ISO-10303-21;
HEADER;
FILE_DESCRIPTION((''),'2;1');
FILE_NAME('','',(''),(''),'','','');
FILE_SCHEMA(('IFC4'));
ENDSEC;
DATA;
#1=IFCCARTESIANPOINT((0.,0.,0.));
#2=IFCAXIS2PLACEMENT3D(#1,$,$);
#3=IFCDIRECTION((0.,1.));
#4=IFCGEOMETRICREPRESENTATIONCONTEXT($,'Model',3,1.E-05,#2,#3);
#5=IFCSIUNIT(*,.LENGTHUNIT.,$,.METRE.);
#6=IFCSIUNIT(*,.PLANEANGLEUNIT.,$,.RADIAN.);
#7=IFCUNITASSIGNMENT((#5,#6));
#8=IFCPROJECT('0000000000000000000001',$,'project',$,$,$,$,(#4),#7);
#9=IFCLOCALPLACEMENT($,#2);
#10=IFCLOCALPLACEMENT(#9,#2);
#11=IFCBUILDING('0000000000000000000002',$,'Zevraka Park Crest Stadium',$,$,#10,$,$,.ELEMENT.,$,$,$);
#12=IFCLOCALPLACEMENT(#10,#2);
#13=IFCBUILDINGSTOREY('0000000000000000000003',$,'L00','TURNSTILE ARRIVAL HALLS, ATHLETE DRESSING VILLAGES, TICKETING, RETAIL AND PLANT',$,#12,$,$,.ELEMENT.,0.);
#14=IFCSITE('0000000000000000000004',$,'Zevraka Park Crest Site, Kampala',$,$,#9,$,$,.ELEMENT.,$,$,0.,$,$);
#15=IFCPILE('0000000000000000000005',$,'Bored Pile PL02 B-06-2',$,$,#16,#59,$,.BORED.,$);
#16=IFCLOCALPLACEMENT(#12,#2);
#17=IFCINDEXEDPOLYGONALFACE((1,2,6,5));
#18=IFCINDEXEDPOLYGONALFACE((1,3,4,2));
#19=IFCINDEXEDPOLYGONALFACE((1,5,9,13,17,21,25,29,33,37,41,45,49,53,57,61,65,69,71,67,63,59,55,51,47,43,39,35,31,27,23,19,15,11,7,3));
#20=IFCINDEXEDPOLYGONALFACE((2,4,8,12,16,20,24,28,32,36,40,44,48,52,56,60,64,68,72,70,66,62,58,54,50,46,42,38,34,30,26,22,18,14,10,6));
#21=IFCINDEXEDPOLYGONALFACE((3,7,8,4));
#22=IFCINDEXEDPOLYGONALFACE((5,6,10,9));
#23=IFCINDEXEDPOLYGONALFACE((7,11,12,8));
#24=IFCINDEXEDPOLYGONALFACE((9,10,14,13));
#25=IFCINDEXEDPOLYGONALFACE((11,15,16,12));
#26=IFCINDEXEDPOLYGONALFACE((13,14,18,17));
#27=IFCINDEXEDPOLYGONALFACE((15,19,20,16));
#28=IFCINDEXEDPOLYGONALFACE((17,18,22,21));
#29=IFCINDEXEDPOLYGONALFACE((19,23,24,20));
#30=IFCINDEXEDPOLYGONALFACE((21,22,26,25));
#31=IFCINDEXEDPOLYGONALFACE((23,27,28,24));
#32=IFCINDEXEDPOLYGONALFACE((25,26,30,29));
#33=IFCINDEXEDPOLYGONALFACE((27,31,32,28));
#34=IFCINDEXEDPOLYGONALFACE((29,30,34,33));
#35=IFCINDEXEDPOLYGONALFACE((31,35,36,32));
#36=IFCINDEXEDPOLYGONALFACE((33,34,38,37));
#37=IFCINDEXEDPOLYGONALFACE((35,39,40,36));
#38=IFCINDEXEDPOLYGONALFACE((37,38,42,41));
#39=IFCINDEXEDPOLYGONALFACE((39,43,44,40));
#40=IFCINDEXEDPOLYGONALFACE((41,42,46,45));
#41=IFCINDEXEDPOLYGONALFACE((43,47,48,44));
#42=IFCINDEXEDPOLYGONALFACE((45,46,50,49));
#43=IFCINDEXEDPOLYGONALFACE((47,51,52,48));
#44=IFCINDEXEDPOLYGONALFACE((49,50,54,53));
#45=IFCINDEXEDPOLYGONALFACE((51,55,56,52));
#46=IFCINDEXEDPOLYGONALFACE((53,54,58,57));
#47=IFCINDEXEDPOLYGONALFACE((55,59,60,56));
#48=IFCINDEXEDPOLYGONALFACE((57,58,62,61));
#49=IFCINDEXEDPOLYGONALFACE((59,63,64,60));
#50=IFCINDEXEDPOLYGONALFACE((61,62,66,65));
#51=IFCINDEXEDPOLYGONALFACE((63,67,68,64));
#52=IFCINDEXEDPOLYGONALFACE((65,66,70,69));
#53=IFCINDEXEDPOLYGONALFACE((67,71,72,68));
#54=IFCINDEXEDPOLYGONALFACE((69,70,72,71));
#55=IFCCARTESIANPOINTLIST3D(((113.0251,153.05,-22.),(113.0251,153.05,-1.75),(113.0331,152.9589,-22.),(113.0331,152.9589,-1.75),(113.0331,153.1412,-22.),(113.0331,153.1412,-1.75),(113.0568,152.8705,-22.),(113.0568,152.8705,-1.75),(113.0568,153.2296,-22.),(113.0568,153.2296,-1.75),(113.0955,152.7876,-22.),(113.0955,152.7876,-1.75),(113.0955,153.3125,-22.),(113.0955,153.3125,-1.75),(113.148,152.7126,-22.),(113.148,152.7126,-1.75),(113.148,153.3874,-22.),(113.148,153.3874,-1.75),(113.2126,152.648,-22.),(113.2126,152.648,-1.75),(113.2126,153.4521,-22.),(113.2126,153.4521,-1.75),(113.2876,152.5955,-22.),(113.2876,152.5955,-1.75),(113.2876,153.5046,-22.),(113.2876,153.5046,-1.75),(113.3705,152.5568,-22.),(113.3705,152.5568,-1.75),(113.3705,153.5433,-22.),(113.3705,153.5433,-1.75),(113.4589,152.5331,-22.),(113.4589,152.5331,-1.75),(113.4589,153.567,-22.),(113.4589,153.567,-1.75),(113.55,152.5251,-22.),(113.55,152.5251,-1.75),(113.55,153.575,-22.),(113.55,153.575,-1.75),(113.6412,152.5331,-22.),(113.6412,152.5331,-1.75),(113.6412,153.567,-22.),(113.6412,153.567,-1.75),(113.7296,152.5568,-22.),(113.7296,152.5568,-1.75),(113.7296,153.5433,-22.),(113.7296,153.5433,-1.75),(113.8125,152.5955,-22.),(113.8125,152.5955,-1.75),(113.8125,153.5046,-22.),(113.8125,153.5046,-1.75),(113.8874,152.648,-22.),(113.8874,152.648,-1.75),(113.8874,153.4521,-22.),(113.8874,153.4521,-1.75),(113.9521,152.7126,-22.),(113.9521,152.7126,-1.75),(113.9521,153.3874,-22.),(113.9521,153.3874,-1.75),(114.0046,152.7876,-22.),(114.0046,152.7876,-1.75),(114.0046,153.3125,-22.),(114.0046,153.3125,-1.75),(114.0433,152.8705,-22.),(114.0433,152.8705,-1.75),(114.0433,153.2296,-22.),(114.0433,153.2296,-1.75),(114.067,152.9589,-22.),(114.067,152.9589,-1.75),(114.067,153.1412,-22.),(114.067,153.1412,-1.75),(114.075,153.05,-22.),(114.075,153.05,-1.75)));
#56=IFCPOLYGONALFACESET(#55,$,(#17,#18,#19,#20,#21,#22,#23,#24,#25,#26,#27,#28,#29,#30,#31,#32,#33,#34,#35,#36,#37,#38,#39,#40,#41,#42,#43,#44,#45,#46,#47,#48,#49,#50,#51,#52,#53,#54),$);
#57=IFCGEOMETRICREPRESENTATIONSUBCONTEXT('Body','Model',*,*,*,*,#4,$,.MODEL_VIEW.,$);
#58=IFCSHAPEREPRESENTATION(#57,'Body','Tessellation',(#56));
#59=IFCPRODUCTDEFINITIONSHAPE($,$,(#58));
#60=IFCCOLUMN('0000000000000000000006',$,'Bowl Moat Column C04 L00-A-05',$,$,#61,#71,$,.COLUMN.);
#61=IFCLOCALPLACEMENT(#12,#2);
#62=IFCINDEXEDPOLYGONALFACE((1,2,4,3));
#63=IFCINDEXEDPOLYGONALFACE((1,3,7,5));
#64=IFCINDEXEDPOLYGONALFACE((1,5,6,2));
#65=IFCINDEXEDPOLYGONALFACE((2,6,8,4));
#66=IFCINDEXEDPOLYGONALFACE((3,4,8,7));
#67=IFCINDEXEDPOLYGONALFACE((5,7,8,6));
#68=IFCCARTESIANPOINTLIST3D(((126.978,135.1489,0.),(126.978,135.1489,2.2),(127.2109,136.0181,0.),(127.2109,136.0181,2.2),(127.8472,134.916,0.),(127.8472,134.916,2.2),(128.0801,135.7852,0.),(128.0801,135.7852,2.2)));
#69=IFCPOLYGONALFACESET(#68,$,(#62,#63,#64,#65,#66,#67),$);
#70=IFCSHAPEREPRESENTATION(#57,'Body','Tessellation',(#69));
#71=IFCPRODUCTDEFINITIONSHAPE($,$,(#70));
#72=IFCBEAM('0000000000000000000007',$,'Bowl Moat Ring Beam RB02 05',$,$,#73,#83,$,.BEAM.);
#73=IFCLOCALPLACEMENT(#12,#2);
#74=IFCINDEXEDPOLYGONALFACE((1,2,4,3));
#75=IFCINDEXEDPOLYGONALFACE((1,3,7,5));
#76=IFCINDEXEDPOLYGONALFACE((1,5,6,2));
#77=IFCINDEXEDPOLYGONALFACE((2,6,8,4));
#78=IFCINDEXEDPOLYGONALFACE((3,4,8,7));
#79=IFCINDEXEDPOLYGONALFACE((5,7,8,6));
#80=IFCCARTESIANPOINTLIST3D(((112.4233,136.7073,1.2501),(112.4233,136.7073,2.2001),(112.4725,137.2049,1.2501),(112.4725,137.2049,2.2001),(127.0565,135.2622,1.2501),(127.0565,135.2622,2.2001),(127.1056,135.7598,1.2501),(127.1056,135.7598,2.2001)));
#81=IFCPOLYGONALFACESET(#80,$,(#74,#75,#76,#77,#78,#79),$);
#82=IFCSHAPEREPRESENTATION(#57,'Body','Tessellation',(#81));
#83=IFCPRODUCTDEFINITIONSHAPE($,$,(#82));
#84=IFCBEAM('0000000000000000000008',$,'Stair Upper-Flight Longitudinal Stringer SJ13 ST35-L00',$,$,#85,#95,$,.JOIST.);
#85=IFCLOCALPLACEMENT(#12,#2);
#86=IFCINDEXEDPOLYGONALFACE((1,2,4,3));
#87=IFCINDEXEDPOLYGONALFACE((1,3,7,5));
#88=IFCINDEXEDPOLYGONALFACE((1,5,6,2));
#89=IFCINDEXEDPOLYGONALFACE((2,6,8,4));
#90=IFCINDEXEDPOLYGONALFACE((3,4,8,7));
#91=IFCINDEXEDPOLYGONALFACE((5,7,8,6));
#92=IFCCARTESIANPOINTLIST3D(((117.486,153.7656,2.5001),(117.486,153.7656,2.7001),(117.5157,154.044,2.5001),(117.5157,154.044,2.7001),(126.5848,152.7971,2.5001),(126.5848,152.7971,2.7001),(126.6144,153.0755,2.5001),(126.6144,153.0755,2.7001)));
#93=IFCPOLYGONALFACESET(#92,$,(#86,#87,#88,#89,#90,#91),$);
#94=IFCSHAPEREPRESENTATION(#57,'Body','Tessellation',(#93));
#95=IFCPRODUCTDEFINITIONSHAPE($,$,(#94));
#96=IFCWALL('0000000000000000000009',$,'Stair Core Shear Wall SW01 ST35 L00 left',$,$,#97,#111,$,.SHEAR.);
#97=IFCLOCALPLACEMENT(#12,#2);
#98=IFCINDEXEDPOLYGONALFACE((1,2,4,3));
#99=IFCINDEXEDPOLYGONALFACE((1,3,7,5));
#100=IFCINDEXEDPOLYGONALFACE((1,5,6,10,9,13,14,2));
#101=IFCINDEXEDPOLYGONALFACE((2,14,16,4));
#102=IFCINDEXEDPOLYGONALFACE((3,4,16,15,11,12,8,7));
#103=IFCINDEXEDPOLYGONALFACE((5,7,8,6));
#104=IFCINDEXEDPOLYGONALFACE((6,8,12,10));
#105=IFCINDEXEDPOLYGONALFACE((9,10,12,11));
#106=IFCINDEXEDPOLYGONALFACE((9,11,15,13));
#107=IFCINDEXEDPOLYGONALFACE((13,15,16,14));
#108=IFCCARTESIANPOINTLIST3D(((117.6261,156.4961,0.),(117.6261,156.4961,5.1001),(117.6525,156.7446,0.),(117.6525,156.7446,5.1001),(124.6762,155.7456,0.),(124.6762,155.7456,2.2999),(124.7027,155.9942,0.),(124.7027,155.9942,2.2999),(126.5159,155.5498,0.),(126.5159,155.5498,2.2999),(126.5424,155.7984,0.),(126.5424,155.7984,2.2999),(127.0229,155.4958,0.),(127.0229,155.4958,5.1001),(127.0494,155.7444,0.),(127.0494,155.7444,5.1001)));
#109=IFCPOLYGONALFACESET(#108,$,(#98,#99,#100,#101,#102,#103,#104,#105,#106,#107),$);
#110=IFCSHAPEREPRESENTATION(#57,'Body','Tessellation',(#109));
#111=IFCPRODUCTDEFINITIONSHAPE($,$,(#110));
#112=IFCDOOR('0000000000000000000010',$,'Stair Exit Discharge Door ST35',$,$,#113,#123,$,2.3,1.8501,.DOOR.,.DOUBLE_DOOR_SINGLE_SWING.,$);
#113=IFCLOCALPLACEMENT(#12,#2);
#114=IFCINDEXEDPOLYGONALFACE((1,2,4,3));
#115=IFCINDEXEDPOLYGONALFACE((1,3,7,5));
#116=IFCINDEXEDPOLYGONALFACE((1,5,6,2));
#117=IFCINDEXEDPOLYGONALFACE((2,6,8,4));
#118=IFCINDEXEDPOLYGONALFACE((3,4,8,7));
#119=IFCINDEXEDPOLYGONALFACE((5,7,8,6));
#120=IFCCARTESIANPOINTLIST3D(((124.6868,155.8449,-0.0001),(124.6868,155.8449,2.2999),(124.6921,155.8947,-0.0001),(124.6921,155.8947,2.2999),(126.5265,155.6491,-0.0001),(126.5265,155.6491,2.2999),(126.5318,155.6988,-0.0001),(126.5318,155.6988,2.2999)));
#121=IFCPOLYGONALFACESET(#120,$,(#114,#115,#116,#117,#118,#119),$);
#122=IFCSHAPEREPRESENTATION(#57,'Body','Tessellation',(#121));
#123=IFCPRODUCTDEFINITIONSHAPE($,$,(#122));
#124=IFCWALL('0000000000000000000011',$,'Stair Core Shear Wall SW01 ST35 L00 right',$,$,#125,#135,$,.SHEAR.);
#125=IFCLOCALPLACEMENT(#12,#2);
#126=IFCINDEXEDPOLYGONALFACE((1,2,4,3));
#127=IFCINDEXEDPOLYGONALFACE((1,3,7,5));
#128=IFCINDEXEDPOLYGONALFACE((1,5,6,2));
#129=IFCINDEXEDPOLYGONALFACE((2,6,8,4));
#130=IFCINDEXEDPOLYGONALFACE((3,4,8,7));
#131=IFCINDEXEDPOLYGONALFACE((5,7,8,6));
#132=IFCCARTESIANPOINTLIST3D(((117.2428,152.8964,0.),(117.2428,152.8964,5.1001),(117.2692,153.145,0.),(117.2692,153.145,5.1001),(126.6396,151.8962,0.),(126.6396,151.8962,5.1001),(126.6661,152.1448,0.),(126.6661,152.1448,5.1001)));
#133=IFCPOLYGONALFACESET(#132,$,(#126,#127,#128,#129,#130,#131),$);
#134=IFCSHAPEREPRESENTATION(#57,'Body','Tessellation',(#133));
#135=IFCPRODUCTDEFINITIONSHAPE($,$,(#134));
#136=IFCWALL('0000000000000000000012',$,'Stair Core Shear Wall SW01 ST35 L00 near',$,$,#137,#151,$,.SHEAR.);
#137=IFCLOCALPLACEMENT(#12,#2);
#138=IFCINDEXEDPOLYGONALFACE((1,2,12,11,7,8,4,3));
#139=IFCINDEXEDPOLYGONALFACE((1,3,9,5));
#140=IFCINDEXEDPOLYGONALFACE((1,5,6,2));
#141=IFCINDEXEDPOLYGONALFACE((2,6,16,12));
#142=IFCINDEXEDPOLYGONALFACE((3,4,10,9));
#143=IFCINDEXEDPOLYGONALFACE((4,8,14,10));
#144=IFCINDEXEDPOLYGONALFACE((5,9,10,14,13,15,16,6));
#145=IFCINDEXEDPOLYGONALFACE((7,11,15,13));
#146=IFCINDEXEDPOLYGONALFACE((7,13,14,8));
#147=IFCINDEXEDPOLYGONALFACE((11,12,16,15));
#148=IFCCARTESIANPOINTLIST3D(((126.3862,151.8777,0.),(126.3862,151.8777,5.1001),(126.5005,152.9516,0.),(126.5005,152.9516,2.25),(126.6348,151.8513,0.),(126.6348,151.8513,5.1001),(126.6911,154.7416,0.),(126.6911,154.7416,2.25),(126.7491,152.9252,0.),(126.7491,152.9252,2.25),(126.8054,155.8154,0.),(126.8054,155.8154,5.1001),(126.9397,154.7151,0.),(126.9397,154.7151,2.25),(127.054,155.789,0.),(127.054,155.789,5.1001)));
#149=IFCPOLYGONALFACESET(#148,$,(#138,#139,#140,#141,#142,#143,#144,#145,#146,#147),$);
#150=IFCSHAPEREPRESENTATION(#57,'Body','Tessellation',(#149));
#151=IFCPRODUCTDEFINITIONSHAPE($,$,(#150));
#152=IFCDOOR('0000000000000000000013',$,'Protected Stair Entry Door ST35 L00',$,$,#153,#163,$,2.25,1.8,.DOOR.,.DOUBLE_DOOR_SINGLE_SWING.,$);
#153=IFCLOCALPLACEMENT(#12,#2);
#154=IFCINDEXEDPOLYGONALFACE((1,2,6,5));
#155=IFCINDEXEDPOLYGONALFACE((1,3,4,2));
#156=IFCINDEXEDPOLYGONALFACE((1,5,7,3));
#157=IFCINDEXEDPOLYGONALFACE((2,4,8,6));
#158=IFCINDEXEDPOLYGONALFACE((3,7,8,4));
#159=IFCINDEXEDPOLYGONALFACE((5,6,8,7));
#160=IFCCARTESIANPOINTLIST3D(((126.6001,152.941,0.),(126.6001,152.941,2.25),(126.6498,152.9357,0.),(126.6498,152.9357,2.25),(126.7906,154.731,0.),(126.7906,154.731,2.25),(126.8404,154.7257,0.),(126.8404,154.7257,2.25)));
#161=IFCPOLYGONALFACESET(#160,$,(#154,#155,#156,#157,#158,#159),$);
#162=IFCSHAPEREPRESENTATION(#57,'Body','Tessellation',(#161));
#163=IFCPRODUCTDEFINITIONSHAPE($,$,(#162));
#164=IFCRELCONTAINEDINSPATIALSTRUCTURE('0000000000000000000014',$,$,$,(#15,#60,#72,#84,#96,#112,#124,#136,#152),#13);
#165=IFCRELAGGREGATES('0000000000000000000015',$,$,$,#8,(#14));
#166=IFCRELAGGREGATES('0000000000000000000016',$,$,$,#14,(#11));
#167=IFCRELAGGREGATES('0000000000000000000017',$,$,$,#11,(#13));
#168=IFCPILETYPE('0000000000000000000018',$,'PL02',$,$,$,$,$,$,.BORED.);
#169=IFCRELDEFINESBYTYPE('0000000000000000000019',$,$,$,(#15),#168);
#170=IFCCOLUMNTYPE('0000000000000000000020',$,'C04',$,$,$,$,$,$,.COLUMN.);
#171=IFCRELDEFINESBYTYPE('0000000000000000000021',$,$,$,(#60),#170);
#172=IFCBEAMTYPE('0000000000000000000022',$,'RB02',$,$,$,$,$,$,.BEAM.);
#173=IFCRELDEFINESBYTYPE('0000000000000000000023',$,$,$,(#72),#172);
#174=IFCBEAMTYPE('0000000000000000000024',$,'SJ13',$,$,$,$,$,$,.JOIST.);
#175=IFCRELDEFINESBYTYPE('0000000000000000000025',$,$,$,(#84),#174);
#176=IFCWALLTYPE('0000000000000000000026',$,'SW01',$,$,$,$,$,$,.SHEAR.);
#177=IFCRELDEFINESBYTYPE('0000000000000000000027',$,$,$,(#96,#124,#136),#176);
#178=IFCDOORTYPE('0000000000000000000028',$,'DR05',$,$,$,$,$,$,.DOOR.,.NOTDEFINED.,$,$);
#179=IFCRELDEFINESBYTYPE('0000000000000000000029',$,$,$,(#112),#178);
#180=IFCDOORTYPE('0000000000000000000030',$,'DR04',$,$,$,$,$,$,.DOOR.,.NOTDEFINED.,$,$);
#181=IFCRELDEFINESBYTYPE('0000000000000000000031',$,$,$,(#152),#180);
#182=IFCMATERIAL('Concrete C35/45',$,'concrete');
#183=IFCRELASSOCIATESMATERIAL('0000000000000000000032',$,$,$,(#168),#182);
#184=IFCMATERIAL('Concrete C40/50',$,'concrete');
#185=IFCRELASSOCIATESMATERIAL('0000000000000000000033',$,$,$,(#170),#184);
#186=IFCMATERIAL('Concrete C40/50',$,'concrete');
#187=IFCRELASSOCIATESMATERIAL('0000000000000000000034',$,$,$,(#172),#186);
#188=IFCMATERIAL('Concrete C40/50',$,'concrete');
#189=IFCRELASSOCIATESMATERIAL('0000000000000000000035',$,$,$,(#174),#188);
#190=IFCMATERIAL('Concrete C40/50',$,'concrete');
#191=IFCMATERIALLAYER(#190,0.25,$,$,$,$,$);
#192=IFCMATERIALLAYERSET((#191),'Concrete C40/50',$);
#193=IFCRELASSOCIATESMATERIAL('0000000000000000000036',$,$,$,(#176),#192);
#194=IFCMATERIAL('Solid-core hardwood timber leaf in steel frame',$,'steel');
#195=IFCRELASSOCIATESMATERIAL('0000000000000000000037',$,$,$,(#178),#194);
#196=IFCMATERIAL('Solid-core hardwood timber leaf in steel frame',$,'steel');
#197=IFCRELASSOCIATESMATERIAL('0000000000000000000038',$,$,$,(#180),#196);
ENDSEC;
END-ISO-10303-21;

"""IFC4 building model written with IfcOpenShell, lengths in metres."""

from ifc_helpers import new_model, si_unit, direction, frame, frame_2d, origin, origin_2d, place, context, subcontext, project, spatial, rectangle, circle, extrude, material, layer, layer_set, material_profile, profile_set, type_object, element, fill, save


model = new_model("IFC4")

# Units and contexts
model_context = context("Model", 3, precision=1e-05, world=origin(), true_north=direction((0.0, 1.0)))
body_context = subcontext(model_context, "Body", "Model", "MODEL_VIEW")
ifc_project = project(units=[si_unit("LENGTHUNIT", "METRE"), si_unit("PLANEANGLEUNIT", "RADIAN")], contexts=[model_context])

# Site, building, storey
site_placement = place(None, origin())
site = spatial("IfcSite", under=ifc_project, at=site_placement, Name="Zevraka Park Crest Site, Kampala", CompositionType="ELEMENT", RefElevation=0.0)
building_placement = place(site_placement, origin())
building = spatial("IfcBuilding", under=site, at=building_placement, Name="Zevraka Park Crest Stadium", CompositionType="ELEMENT")
storey_placement = place(building_placement, origin())
storey = spatial("IfcBuildingStorey", under=building, at=storey_placement, Name="L00", Description="TURNSTILE ARRIVAL HALLS, ATHLETE DRESSING VILLAGES, TICKETING, RETAIL AND PLANT", CompositionType="ELEMENT", Elevation=0.0)

# Pile
ifc_material_1 = material(Name="Concrete C35/45", Category="concrete")
ifc_material_profile_1 = material_profile(ifc_material_1, circle(Radius=0.5249, at=origin_2d()), Name="PILE D1050")
ifc_profile_set_1 = profile_set([ifc_material_profile_1], Name="Concrete C35/45")
pile_type_1 = type_object("IfcPileType", Name="PL02", PredefinedType="BORED", material=ifc_profile_set_1)
for number, where, z_axis, x_axis, name in (
    (1, (113.55, 153.05, -1.75), (0.0, 0.0, -1.0), (1.0, 0.0, 0.0), "Bored Pile PL02 B-06-2"),
):
    element("IfcPile", number, at=place(storey_placement, frame(where, z_axis=z_axis, x_axis=x_axis)), inside=storey, type_object=pile_type_1, Name=name, PredefinedType="BORED", context=body_context, shape_type="SweptSolid", body=[
        extrude(circle(Radius=0.5249, at=origin_2d()), origin(), (0.0, 0.0, 1.0), 20.25),
    ])

# Column
ifc_material_2 = material(Name="Concrete C40/50", Category="concrete")
ifc_material_profile_2 = material_profile(ifc_material_2, rectangle(XDim=0.8999, YDim=0.8999, at=origin_2d()), Name="RC 900x900")
ifc_profile_set_2 = profile_set([ifc_material_profile_2], Name="Concrete C40/50")
column_type = type_object("IfcColumnType", Name="C04", PredefinedType="COLUMN", material=ifc_profile_set_2)
column_placement = place(storey_placement, frame((127.5291, 135.467, 0.0), z_axis=(0.0, 0.0, 1.0), x_axis=(0.258819, 0.965926, 0.0)))
element("IfcColumn", 2, at=column_placement, inside=storey, type_object=column_type, Name="Bowl Moat Column C04 L00-A-05", PredefinedType="COLUMN", context=body_context, shape_type="SweptSolid", body=[
    extrude(rectangle(XDim=0.8999, YDim=0.8999, at=origin_2d()), origin(), (0.0, 0.0, 1.0), 2.2),
])

# Beams
ifc_material_3 = material(Name="Concrete C40/50", Category="concrete")
ifc_material_profile_3 = material_profile(ifc_material_3, rectangle(XDim=0.5, YDim=0.95, at=origin_2d()), Name="RC 950x500")
ifc_profile_set_3 = profile_set([ifc_material_profile_3], Name="Concrete C40/50")
beam_type_1 = type_object("IfcBeamType", Name="RB02", PredefinedType="BEAM", material=ifc_profile_set_3)
beam_1_placement = place(storey_placement, frame((127.0811, 135.511, 1.7251), z_axis=(-0.995159, 0.098276, 0.0), x_axis=(-0.098276, -0.995159, 0.0)))
element("IfcBeam", 3, at=beam_1_placement, inside=storey, type_object=beam_type_1, Name="Bowl Moat Ring Beam RB02 05", PredefinedType="BEAM", context=body_context, shape_type="SweptSolid", body=[
    extrude(rectangle(XDim=0.5, YDim=0.95, at=origin_2d()), origin(), (0.0, 0.0, 1.0), 14.7043),
])
ifc_material_4 = material(Name="Concrete C40/50", Category="concrete")
ifc_material_profile_4 = material_profile(ifc_material_4, rectangle(XDim=0.28, YDim=0.2, at=origin_2d()), Name="RC 200x280")
ifc_profile_set_4 = profile_set([ifc_material_profile_4], Name="Concrete C40/50")
beam_type_2 = type_object("IfcBeamType", Name="SJ13", PredefinedType="JOIST", material=ifc_profile_set_4)
beam_2_placement = place(storey_placement, frame((126.5996, 152.9363, 2.6001), z_axis=(-0.994382, 0.105847, 0.0), x_axis=(-0.105847, -0.994382, 0.0)))
element("IfcBeam", 4, at=beam_2_placement, inside=storey, type_object=beam_type_2, Name="Stair Upper-Flight Longitudinal Stringer SJ13 ST35-L00", PredefinedType="JOIST", context=body_context, shape_type="SweptSolid", body=[
    extrude(rectangle(XDim=0.28, YDim=0.2, at=origin_2d()), origin(), (0.0, 0.0, 1.0), 9.1501),
])

# Wall, opening, door
ifc_material_5 = material(Name="Concrete C40/50", Category="concrete")
ifc_layer = layer(ifc_material_5, 0.25)
ifc_layer_set = layer_set([ifc_layer], Name="Concrete C40/50")
wall_type = type_object("IfcWallType", Name="SW01", PredefinedType="SHEAR", material=ifc_layer_set)
wall_1_placement = place(storey_placement, frame((117.6392, 156.6204, 0.0), z_axis=(0.0, 0.0, 1.0), x_axis=(0.994383, -0.105845, 0.0)))
wall_1 = element("IfcWall", 5, at=wall_1_placement, inside=storey, type_object=wall_type, Name="Stair Core Shear Wall SW01 ST35 L00 left", PredefinedType="SHEAR", context=body_context, shape_type="SweptSolid", body=[
    extrude(rectangle(XDim=9.45, YDim=0.25, at=frame_2d((4.7251, 0.0))), origin(), (0.0, 0.0, 1.0), 5.1001),
])
opening_1_placement = place(wall_1_placement, frame((7.0901, 0.0, 0.0)))
opening_1 = element("IfcOpeningElement", 6, at=opening_1_placement, cuts=wall_1, PredefinedType="OPENING", context=body_context, shape_type="SweptSolid", body=[
    extrude(rectangle(XDim=1.8501, YDim=2.3, at=frame_2d((0.925, 1.1499))), frame((0.0, 0.135, 0.0), z_axis=(0.0, -1.0, 0.0), x_axis=(1.0, 0.0, 0.0)), (0.0, 0.0, 1.0), 0.27),
])
ifc_material_6 = material(Name="Solid-core hardwood timber leaf in steel frame", Category="steel")
door_type_1 = type_object("IfcDoorType", Name="DR05", OperationType="NOTDEFINED", PredefinedType="DOOR", material=ifc_material_6)
door_1_placement = place(opening_1_placement, origin())
door_1 = element("IfcDoor", 7, at=door_1_placement, inside=storey, type_object=door_type_1, Name="Stair Exit Discharge Door ST35", OperationType="DOUBLE_DOOR_SINGLE_SWING", OverallHeight=2.3, OverallWidth=1.8501, PredefinedType="DOOR", context=body_context, shape_type="SweptSolid", body=[
    extrude(rectangle(XDim=1.8501, YDim=2.3, at=frame_2d((0.925, 1.1499))), frame((0.0, 0.0249, 0.0), z_axis=(0.0, -1.0, 0.0), x_axis=(1.0, 0.0, 0.0)), (0.0, 0.0, 1.0), 0.05),
])
fill(opening_1, door_1)

# Wall
wall_2_placement = place(storey_placement, frame((117.2559, 153.0208, 0.0), z_axis=(0.0, 0.0, 1.0), x_axis=(0.994383, -0.105845, 0.0)))
element("IfcWall", 8, at=wall_2_placement, inside=storey, type_object=wall_type, Name="Stair Core Shear Wall SW01 ST35 L00 right", PredefinedType="SHEAR", context=body_context, shape_type="SweptSolid", body=[
    extrude(rectangle(XDim=9.45, YDim=0.25, at=frame_2d((4.7251, 0.0))), origin(), (0.0, 0.0, 1.0), 5.1001),
])

# Wall, opening, door
wall_3_placement = place(storey_placement, frame((126.5105, 151.8645, 0.0), z_axis=(0.0, 0.0, 1.0), x_axis=(0.105856, 0.994381, 0.0)))
wall_3 = element("IfcWall", 9, at=wall_3_placement, inside=storey, type_object=wall_type, Name="Stair Core Shear Wall SW01 ST35 L00 near", PredefinedType="SHEAR", context=body_context, shape_type="SweptSolid", body=[
    extrude(rectangle(XDim=3.96, YDim=0.25, at=frame_2d((1.98, 0.0))), origin(), (0.0, 0.0, 1.0), 5.1001),
])
opening_2_placement = place(wall_3_placement, frame((1.0801, 0.0, 0.0)))
opening_2 = element("IfcOpeningElement", 10, at=opening_2_placement, cuts=wall_3, PredefinedType="OPENING", context=body_context, shape_type="SweptSolid", body=[
    extrude(rectangle(XDim=1.8, YDim=2.25, at=frame_2d((0.8999, 1.125))), frame((0.0, 0.135, 0.0), z_axis=(0.0, -1.0, 0.0), x_axis=(1.0, 0.0, 0.0)), (0.0, 0.0, 1.0), 0.27),
])
ifc_material_7 = material(Name="Solid-core hardwood timber leaf in steel frame", Category="steel")
door_type_2 = type_object("IfcDoorType", Name="DR04", OperationType="NOTDEFINED", PredefinedType="DOOR", material=ifc_material_7)
door_2_placement = place(opening_2_placement, origin())
door_2 = element("IfcDoor", 11, at=door_2_placement, inside=storey, type_object=door_type_2, Name="Protected Stair Entry Door ST35 L00", OperationType="DOUBLE_DOOR_SINGLE_SWING", OverallHeight=2.25, OverallWidth=1.8, PredefinedType="DOOR", context=body_context, shape_type="SweptSolid", body=[
    extrude(rectangle(XDim=1.8, YDim=2.25, at=frame_2d((0.8999, 1.125))), frame((0.0, 0.0249, 0.0), z_axis=(0.0, -1.0, 0.0), x_axis=(1.0, 0.0, 0.0)), (0.0, 0.0, 1.0), 0.05),
])
fill(opening_2, door_2)

save(model, "model.ifc")
